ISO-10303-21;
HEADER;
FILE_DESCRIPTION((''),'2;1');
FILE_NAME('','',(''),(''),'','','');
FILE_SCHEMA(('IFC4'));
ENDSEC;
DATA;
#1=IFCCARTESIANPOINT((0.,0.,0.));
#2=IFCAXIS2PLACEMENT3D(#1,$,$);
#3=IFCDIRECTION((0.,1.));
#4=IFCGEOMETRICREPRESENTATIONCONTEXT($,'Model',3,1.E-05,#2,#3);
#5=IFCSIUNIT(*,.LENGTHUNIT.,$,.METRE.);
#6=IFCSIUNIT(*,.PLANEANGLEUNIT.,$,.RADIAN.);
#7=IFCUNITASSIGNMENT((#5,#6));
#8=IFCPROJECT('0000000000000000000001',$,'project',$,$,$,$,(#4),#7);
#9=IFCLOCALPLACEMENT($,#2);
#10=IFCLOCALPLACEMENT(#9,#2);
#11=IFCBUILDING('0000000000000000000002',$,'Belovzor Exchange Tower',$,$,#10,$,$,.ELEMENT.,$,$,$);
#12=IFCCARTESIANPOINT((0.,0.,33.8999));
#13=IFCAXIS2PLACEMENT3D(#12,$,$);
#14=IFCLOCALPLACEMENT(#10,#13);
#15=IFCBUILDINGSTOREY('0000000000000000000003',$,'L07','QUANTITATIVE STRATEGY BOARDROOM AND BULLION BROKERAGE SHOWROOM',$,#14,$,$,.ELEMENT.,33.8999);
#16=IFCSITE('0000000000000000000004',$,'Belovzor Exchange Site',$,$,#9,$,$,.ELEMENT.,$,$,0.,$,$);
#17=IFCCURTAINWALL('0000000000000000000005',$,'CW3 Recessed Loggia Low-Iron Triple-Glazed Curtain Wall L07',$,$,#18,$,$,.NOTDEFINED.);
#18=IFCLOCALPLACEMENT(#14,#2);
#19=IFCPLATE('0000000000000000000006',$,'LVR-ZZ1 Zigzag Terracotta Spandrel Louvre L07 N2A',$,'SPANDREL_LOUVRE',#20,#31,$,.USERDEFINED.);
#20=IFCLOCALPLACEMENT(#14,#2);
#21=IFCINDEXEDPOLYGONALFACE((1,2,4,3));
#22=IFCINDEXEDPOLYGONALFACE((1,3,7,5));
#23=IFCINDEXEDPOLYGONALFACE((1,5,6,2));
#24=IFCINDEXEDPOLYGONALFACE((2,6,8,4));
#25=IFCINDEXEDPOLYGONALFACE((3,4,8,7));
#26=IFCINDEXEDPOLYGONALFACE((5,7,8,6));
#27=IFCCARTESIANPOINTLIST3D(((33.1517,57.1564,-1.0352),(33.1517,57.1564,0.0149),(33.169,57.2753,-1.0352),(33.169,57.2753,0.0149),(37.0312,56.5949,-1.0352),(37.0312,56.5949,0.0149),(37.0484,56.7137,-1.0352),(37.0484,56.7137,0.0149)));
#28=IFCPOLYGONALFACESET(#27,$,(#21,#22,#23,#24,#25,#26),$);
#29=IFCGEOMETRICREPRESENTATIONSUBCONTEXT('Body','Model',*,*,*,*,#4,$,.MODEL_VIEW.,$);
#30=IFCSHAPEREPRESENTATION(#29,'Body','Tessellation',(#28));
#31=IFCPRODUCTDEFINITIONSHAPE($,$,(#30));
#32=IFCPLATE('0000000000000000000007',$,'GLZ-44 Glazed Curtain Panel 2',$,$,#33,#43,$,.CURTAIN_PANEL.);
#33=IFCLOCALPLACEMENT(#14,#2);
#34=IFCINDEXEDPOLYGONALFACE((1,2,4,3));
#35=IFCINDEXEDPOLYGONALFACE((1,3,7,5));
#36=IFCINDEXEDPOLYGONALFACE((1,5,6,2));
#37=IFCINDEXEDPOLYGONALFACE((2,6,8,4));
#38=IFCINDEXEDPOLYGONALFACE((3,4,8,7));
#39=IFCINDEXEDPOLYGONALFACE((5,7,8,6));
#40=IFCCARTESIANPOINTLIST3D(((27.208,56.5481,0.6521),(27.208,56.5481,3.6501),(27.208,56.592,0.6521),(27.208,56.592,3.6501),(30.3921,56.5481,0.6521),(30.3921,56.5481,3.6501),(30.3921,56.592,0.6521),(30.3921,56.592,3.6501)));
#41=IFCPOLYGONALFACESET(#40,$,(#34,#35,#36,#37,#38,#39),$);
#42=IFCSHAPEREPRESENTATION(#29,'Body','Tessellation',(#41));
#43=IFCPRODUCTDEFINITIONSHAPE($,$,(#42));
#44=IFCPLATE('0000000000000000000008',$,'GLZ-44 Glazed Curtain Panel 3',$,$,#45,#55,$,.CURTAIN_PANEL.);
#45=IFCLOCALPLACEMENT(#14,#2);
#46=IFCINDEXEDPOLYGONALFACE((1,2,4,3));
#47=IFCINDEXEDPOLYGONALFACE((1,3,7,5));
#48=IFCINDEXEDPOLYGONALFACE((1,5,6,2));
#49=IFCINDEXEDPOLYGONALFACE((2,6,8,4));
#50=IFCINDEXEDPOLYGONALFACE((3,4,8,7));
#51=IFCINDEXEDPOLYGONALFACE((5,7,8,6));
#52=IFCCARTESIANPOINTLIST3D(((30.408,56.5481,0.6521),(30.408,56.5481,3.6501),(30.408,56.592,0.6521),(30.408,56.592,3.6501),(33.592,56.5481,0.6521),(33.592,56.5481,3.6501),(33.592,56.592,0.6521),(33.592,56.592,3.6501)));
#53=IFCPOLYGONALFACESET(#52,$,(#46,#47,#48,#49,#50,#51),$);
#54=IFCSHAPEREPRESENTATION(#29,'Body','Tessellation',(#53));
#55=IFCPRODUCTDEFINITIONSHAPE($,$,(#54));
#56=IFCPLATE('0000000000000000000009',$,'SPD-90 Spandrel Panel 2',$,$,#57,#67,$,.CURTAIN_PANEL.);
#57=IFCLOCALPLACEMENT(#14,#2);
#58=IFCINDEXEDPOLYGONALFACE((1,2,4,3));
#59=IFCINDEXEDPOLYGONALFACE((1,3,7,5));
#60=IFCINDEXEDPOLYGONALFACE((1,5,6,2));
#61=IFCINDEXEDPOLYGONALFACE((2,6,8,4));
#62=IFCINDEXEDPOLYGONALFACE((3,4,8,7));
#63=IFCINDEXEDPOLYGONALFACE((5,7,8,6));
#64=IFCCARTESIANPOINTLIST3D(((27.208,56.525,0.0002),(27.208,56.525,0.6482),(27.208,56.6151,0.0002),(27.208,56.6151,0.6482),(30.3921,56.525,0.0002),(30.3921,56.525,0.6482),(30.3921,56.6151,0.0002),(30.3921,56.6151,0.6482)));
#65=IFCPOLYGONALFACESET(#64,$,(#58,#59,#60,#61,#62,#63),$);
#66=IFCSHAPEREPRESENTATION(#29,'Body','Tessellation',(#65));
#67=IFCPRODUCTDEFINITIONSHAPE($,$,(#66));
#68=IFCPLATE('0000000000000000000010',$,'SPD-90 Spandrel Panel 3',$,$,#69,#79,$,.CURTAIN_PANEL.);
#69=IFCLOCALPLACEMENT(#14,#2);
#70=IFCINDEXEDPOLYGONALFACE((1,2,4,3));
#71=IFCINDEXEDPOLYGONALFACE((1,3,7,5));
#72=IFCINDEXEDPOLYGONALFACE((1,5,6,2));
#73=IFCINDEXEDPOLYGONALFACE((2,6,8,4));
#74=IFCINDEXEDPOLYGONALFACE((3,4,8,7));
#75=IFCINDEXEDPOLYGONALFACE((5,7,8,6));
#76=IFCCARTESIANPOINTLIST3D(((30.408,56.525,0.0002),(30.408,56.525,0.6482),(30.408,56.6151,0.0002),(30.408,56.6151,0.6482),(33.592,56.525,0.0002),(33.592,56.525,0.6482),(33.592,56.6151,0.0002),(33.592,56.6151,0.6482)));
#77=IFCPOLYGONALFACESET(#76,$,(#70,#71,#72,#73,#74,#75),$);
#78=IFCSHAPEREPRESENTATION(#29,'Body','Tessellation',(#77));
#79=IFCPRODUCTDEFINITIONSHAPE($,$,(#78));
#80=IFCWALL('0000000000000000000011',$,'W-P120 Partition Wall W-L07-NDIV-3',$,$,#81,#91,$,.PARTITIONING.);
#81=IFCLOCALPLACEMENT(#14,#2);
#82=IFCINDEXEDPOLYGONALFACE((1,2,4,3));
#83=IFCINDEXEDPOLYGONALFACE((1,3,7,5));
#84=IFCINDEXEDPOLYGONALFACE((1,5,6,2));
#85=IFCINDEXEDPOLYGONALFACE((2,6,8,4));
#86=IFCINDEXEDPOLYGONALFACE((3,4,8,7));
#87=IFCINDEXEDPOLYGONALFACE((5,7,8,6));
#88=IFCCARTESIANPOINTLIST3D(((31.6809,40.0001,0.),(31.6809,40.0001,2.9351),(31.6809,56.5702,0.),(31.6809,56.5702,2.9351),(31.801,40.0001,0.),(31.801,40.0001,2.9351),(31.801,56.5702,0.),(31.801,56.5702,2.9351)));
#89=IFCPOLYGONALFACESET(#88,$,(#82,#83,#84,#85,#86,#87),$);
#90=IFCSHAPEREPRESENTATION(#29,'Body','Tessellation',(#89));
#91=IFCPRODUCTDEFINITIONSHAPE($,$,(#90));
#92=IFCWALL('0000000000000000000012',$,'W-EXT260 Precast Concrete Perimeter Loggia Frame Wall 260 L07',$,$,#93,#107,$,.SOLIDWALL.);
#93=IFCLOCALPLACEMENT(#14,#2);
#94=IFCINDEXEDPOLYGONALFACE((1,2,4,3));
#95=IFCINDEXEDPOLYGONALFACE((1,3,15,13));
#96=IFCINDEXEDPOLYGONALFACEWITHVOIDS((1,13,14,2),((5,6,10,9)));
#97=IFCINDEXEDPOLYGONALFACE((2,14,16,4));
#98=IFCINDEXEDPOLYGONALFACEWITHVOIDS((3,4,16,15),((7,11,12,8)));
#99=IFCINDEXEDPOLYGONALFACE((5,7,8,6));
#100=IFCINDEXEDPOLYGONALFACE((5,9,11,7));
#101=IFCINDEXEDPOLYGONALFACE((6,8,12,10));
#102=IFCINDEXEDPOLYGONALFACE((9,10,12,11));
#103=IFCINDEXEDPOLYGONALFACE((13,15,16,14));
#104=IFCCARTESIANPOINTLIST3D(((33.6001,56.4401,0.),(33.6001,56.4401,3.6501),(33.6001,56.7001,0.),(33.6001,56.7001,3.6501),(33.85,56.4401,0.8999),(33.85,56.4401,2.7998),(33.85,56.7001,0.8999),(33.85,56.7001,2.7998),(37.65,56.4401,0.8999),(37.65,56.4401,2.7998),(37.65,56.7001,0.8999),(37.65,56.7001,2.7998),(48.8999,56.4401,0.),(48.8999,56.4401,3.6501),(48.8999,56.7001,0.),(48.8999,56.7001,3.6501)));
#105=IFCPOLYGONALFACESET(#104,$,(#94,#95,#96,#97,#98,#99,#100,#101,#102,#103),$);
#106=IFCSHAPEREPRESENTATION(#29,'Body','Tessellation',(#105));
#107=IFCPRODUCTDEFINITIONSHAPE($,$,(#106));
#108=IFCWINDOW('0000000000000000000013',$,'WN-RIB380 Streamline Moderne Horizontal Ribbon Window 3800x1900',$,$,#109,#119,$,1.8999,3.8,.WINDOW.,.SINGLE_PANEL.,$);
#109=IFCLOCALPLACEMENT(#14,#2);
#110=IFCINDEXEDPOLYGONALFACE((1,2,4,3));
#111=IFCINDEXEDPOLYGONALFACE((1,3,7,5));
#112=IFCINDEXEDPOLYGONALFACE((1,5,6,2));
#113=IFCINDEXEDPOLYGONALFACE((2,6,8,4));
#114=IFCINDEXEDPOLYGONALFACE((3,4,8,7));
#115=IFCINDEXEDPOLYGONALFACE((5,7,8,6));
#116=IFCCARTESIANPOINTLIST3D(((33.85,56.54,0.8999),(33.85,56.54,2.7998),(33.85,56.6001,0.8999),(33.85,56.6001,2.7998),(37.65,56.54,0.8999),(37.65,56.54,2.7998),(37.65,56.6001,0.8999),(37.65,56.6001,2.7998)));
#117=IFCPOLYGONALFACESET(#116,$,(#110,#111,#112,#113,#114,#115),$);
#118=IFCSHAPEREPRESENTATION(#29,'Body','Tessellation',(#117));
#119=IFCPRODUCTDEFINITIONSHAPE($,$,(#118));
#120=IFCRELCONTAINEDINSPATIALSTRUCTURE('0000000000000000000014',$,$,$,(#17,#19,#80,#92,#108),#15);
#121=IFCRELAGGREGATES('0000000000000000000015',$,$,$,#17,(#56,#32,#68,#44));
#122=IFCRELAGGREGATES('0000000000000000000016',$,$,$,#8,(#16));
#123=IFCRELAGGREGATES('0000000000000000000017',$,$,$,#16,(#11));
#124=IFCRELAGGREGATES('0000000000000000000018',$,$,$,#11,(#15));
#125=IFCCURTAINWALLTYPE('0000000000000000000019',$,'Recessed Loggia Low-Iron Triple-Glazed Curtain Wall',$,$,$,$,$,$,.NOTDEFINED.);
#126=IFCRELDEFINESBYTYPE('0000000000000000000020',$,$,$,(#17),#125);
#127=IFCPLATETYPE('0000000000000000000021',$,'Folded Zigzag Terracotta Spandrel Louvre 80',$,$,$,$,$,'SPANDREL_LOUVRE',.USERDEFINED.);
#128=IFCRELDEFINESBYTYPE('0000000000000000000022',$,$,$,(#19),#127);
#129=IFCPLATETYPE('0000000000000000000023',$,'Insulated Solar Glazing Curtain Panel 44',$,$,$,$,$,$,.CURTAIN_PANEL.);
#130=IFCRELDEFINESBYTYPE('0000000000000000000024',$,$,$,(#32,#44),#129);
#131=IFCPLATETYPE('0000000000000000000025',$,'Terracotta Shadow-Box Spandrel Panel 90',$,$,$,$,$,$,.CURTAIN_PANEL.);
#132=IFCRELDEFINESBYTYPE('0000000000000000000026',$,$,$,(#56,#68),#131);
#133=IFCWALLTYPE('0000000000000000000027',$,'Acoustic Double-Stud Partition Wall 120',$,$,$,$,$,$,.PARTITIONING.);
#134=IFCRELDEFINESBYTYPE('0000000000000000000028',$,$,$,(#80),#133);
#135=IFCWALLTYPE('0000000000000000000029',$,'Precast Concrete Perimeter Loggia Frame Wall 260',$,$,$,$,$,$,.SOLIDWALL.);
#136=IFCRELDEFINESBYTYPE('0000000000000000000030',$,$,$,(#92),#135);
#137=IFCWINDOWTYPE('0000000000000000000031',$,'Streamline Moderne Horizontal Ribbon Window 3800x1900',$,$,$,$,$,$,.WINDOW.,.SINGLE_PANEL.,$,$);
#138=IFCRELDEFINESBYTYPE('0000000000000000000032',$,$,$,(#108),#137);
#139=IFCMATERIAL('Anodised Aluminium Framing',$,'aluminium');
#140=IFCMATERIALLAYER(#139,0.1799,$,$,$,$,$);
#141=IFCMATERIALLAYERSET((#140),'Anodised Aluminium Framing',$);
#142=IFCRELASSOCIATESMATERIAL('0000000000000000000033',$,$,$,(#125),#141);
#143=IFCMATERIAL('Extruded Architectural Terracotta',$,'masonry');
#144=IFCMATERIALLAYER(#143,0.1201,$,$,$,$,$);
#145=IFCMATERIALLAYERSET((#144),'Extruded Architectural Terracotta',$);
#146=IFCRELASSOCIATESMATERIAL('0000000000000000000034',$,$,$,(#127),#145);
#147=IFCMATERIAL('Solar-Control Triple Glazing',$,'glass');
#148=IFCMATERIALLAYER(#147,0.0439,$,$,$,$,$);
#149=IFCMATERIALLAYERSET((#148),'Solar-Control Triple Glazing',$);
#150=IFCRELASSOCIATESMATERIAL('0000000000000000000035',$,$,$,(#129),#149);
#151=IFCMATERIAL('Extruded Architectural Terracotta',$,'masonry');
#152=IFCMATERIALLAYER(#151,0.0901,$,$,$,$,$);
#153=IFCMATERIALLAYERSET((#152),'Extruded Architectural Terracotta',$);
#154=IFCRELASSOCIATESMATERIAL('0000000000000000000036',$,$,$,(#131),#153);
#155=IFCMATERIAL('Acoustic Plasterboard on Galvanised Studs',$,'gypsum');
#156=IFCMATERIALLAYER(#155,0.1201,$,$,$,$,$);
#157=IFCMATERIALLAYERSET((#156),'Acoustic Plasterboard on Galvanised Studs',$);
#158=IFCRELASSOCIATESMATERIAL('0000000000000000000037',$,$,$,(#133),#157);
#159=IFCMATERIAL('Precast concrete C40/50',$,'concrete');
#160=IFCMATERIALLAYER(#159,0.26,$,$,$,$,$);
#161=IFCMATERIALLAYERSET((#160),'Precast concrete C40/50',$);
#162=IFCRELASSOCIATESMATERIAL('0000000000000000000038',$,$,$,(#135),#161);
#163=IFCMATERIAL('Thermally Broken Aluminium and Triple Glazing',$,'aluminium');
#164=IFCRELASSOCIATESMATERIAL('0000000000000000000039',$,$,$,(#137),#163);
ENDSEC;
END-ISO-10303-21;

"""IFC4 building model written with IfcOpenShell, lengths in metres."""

from ifc_helpers import new_model, si_unit, direction, frame, frame_2d, origin, origin_2d, place, context, subcontext, project, spatial, rectangle, extrude, material, layer, layer_set, type_object, element, fill, aggregate, save


model = new_model("IFC4")

# Units and contexts
model_context = context("Model", 3, precision=1e-05, world=origin(), true_north=direction((0.0, 1.0)))
body_context = subcontext(model_context, "Body", "Model", "MODEL_VIEW")
ifc_project = project(units=[si_unit("LENGTHUNIT", "METRE"), si_unit("PLANEANGLEUNIT", "RADIAN")], contexts=[model_context])

# Site, building, storey
site_placement = place(None, origin())
site = spatial("IfcSite", under=ifc_project, at=site_placement, Name="Belovzor Exchange Site", CompositionType="ELEMENT", RefElevation=0.0)
building_placement = place(site_placement, origin())
building = spatial("IfcBuilding", under=site, at=building_placement, Name="Belovzor Exchange Tower", CompositionType="ELEMENT")
storey_placement = place(building_placement, frame((0.0, 0.0, 33.8999)))
storey = spatial("IfcBuildingStorey", under=building, at=storey_placement, Name="L07", Description="QUANTITATIVE STRATEGY BOARDROOM AND BULLION BROKERAGE SHOWROOM", CompositionType="ELEMENT", Elevation=33.8999)

# Curtain wall
ifc_material_1 = material(Name="Anodised Aluminium Framing", Category="aluminium")
ifc_layer_1 = layer(ifc_material_1, 0.1799)
ifc_layer_set_1 = layer_set([ifc_layer_1], Name="Anodised Aluminium Framing")
curtain_wall_type = type_object("IfcCurtainWallType", Name="Recessed Loggia Low-Iron Triple-Glazed Curtain Wall", PredefinedType="NOTDEFINED", material=ifc_layer_set_1)
curtain_wall_placement = place(storey_placement, origin())
curtain_wall = element("IfcCurtainWall", 1, at=curtain_wall_placement, inside=storey, type_object=curtain_wall_type, Name="CW3 Recessed Loggia Low-Iron Triple-Glazed Curtain Wall L07", PredefinedType="NOTDEFINED")

# Plates
ifc_material_2 = material(Name="Extruded Architectural Terracotta", Category="masonry")
ifc_layer_2 = layer(ifc_material_2, 0.1201)
ifc_layer_set_2 = layer_set([ifc_layer_2], Name="Extruded Architectural Terracotta")
plate_type_1 = type_object("IfcPlateType", Name="Folded Zigzag Terracotta Spandrel Louvre 80", ElementType="SPANDREL_LOUVRE", PredefinedType="USERDEFINED", material=ifc_layer_set_2)
plate_1_placement = place(storey_placement, frame((35.1001, 56.9351, -1.0352), z_axis=(0.0, 0.0, 1.0), x_axis=(0.989686, -0.143251, 0.0)))
element("IfcPlate", 2, at=plate_1_placement, inside=storey, type_object=plate_type_1, Name="LVR-ZZ1 Zigzag Terracotta Spandrel Louvre L07 N2A", ObjectType="SPANDREL_LOUVRE", PredefinedType="USERDEFINED", context=body_context, shape_type="SweptSolid", body=[
    extrude(rectangle(XDim=3.9199, YDim=0.1201, at=origin_2d()), origin(), (0.0, 0.0, 1.0), 1.05),
])
ifc_material_3 = material(Name="Solar-Control Triple Glazing", Category="glass")
ifc_layer_3 = layer(ifc_material_3, 0.0439)
ifc_layer_set_3 = layer_set([ifc_layer_3], Name="Solar-Control Triple Glazing")
plate_type_2 = type_object("IfcPlateType", Name="Insulated Solar Glazing Curtain Panel 44", PredefinedType="CURTAIN_PANEL", material=ifc_layer_set_3)
plate_2_placement = place(storey_placement, frame((28.8, 56.5701, 0.6521), z_axis=(0.0, 0.0, 1.0), x_axis=(1.0, 0.0, 0.0)))
plate_2 = element("IfcPlate", 3, at=plate_2_placement, type_object=plate_type_2, Name="GLZ-44 Glazed Curtain Panel 2", PredefinedType="CURTAIN_PANEL", context=body_context, shape_type="SweptSolid", body=[
    extrude(rectangle(XDim=3.1841, YDim=0.0439, at=origin_2d()), origin(), (0.0, 0.0, 1.0), 2.998),
])
plate_3_placement = place(storey_placement, frame((32.0, 56.5701, 0.6521), z_axis=(0.0, 0.0, 1.0), x_axis=(1.0, 0.0, 0.0)))
plate_3 = element("IfcPlate", 4, at=plate_3_placement, type_object=plate_type_2, Name="GLZ-44 Glazed Curtain Panel 3", PredefinedType="CURTAIN_PANEL", context=body_context, shape_type="SweptSolid", body=[
    extrude(rectangle(XDim=3.1841, YDim=0.0439, at=origin_2d()), origin(), (0.0, 0.0, 1.0), 2.998),
])
ifc_material_4 = material(Name="Extruded Architectural Terracotta", Category="masonry")
ifc_layer_4 = layer(ifc_material_4, 0.0901)
ifc_layer_set_4 = layer_set([ifc_layer_4], Name="Extruded Architectural Terracotta")
plate_type_3 = type_object("IfcPlateType", Name="Terracotta Shadow-Box Spandrel Panel 90", PredefinedType="CURTAIN_PANEL", material=ifc_layer_set_4)
plate_4_placement = place(storey_placement, frame((28.8, 56.5701, 0.0002), z_axis=(0.0, 0.0, 1.0), x_axis=(1.0, 0.0, 0.0)))
plate_4 = element("IfcPlate", 5, at=plate_4_placement, type_object=plate_type_3, Name="SPD-90 Spandrel Panel 2", PredefinedType="CURTAIN_PANEL", context=body_context, shape_type="SweptSolid", body=[
    extrude(rectangle(XDim=3.1841, YDim=0.0901, at=origin_2d()), origin(), (0.0, 0.0, 1.0), 0.6479),
])
plate_5_placement = place(storey_placement, frame((32.0, 56.5701, 0.0002), z_axis=(0.0, 0.0, 1.0), x_axis=(1.0, 0.0, 0.0)))
plate_5 = element("IfcPlate", 6, at=plate_5_placement, type_object=plate_type_3, Name="SPD-90 Spandrel Panel 3", PredefinedType="CURTAIN_PANEL", context=body_context, shape_type="SweptSolid", body=[
    extrude(rectangle(XDim=3.1841, YDim=0.0901, at=origin_2d()), origin(), (0.0, 0.0, 1.0), 0.6479),
])
aggregate(curtain_wall, [plate_4, plate_2, plate_5, plate_3])

# Wall
ifc_material_5 = material(Name="Acoustic Plasterboard on Galvanised Studs", Category="gypsum")
ifc_layer_5 = layer(ifc_material_5, 0.1201)
ifc_layer_set_5 = layer_set([ifc_layer_5], Name="Acoustic Plasterboard on Galvanised Studs")
wall_type_1 = type_object("IfcWallType", Name="Acoustic Double-Stud Partition Wall 120", PredefinedType="PARTITIONING", material=ifc_layer_set_5)
wall_1_placement = place(storey_placement, frame((31.741, 40.0, 0.0), z_axis=(0.0, 0.0, 1.0), x_axis=(0.0, 1.0, 0.0)))
element("IfcWall", 7, at=wall_1_placement, inside=storey, type_object=wall_type_1, Name="W-P120 Partition Wall W-L07-NDIV-3", PredefinedType="PARTITIONING", context=body_context, shape_type="SweptSolid", body=[
    extrude(rectangle(XDim=16.5701, YDim=0.1201, at=frame_2d((8.2852, 0.0))), origin(), (0.0, 0.0, 1.0), 2.9351),
])

# Wall, opening, window
ifc_material_6 = material(Name="Precast concrete C40/50", Category="concrete")
ifc_layer_6 = layer(ifc_material_6, 0.26)
ifc_layer_set_6 = layer_set([ifc_layer_6], Name="Precast concrete C40/50")
wall_type_2 = type_object("IfcWallType", Name="Precast Concrete Perimeter Loggia Frame Wall 260", PredefinedType="SOLIDWALL", material=ifc_layer_set_6)
wall_2_placement = place(storey_placement, frame((33.6001, 56.5701, 0.0), z_axis=(0.0, 0.0, 1.0), x_axis=(1.0, 0.0, 0.0)))
wall_2 = element("IfcWall", 8, at=wall_2_placement, inside=storey, type_object=wall_type_2, Name="W-EXT260 Precast Concrete Perimeter Loggia Frame Wall 260 L07", PredefinedType="SOLIDWALL", context=body_context, shape_type="SweptSolid", body=[
    extrude(rectangle(XDim=15.2998, YDim=0.26, at=frame_2d((7.6499, 0.0))), origin(), (0.0, 0.0, 1.0), 3.6501),
])
opening_placement = place(wall_2_placement, frame((0.25, 0.0, 0.8999)))
opening = element("IfcOpeningElement", 9, at=opening_placement, cuts=wall_2, PredefinedType="OPENING", context=body_context, shape_type="SweptSolid", body=[
    extrude(rectangle(XDim=3.8, YDim=1.8999, at=frame_2d((1.8999, 0.95))), frame((0.0, 0.1399, 0.0), z_axis=(0.0, -1.0, 0.0), x_axis=(1.0, 0.0, 0.0)), (0.0, 0.0, 1.0), 0.28),
])
ifc_material_7 = material(Name="Thermally Broken Aluminium and Triple Glazing", Category="aluminium")
window_type = type_object("IfcWindowType", Name="Streamline Moderne Horizontal Ribbon Window 3800x1900", PartitioningType="SINGLE_PANEL", PredefinedType="WINDOW", material=ifc_material_7)
window_placement = place(opening_placement, origin())
window = element("IfcWindow", 10, at=window_placement, inside=storey, type_object=window_type, Name="WN-RIB380 Streamline Moderne Horizontal Ribbon Window 3800x1900", OverallHeight=1.8999, OverallWidth=3.8, PartitioningType="SINGLE_PANEL", PredefinedType="WINDOW", context=body_context, shape_type="SweptSolid", body=[
    extrude(rectangle(XDim=3.8, YDim=1.8999, at=frame_2d((1.8999, 0.95))), frame((0.0, 0.03, 0.0), z_axis=(0.0, -1.0, 0.0), x_axis=(1.0, 0.0, 0.0)), (0.0, 0.0, 1.0), 0.0601),
])
fill(opening, window)

save(model, "model.ifc")
